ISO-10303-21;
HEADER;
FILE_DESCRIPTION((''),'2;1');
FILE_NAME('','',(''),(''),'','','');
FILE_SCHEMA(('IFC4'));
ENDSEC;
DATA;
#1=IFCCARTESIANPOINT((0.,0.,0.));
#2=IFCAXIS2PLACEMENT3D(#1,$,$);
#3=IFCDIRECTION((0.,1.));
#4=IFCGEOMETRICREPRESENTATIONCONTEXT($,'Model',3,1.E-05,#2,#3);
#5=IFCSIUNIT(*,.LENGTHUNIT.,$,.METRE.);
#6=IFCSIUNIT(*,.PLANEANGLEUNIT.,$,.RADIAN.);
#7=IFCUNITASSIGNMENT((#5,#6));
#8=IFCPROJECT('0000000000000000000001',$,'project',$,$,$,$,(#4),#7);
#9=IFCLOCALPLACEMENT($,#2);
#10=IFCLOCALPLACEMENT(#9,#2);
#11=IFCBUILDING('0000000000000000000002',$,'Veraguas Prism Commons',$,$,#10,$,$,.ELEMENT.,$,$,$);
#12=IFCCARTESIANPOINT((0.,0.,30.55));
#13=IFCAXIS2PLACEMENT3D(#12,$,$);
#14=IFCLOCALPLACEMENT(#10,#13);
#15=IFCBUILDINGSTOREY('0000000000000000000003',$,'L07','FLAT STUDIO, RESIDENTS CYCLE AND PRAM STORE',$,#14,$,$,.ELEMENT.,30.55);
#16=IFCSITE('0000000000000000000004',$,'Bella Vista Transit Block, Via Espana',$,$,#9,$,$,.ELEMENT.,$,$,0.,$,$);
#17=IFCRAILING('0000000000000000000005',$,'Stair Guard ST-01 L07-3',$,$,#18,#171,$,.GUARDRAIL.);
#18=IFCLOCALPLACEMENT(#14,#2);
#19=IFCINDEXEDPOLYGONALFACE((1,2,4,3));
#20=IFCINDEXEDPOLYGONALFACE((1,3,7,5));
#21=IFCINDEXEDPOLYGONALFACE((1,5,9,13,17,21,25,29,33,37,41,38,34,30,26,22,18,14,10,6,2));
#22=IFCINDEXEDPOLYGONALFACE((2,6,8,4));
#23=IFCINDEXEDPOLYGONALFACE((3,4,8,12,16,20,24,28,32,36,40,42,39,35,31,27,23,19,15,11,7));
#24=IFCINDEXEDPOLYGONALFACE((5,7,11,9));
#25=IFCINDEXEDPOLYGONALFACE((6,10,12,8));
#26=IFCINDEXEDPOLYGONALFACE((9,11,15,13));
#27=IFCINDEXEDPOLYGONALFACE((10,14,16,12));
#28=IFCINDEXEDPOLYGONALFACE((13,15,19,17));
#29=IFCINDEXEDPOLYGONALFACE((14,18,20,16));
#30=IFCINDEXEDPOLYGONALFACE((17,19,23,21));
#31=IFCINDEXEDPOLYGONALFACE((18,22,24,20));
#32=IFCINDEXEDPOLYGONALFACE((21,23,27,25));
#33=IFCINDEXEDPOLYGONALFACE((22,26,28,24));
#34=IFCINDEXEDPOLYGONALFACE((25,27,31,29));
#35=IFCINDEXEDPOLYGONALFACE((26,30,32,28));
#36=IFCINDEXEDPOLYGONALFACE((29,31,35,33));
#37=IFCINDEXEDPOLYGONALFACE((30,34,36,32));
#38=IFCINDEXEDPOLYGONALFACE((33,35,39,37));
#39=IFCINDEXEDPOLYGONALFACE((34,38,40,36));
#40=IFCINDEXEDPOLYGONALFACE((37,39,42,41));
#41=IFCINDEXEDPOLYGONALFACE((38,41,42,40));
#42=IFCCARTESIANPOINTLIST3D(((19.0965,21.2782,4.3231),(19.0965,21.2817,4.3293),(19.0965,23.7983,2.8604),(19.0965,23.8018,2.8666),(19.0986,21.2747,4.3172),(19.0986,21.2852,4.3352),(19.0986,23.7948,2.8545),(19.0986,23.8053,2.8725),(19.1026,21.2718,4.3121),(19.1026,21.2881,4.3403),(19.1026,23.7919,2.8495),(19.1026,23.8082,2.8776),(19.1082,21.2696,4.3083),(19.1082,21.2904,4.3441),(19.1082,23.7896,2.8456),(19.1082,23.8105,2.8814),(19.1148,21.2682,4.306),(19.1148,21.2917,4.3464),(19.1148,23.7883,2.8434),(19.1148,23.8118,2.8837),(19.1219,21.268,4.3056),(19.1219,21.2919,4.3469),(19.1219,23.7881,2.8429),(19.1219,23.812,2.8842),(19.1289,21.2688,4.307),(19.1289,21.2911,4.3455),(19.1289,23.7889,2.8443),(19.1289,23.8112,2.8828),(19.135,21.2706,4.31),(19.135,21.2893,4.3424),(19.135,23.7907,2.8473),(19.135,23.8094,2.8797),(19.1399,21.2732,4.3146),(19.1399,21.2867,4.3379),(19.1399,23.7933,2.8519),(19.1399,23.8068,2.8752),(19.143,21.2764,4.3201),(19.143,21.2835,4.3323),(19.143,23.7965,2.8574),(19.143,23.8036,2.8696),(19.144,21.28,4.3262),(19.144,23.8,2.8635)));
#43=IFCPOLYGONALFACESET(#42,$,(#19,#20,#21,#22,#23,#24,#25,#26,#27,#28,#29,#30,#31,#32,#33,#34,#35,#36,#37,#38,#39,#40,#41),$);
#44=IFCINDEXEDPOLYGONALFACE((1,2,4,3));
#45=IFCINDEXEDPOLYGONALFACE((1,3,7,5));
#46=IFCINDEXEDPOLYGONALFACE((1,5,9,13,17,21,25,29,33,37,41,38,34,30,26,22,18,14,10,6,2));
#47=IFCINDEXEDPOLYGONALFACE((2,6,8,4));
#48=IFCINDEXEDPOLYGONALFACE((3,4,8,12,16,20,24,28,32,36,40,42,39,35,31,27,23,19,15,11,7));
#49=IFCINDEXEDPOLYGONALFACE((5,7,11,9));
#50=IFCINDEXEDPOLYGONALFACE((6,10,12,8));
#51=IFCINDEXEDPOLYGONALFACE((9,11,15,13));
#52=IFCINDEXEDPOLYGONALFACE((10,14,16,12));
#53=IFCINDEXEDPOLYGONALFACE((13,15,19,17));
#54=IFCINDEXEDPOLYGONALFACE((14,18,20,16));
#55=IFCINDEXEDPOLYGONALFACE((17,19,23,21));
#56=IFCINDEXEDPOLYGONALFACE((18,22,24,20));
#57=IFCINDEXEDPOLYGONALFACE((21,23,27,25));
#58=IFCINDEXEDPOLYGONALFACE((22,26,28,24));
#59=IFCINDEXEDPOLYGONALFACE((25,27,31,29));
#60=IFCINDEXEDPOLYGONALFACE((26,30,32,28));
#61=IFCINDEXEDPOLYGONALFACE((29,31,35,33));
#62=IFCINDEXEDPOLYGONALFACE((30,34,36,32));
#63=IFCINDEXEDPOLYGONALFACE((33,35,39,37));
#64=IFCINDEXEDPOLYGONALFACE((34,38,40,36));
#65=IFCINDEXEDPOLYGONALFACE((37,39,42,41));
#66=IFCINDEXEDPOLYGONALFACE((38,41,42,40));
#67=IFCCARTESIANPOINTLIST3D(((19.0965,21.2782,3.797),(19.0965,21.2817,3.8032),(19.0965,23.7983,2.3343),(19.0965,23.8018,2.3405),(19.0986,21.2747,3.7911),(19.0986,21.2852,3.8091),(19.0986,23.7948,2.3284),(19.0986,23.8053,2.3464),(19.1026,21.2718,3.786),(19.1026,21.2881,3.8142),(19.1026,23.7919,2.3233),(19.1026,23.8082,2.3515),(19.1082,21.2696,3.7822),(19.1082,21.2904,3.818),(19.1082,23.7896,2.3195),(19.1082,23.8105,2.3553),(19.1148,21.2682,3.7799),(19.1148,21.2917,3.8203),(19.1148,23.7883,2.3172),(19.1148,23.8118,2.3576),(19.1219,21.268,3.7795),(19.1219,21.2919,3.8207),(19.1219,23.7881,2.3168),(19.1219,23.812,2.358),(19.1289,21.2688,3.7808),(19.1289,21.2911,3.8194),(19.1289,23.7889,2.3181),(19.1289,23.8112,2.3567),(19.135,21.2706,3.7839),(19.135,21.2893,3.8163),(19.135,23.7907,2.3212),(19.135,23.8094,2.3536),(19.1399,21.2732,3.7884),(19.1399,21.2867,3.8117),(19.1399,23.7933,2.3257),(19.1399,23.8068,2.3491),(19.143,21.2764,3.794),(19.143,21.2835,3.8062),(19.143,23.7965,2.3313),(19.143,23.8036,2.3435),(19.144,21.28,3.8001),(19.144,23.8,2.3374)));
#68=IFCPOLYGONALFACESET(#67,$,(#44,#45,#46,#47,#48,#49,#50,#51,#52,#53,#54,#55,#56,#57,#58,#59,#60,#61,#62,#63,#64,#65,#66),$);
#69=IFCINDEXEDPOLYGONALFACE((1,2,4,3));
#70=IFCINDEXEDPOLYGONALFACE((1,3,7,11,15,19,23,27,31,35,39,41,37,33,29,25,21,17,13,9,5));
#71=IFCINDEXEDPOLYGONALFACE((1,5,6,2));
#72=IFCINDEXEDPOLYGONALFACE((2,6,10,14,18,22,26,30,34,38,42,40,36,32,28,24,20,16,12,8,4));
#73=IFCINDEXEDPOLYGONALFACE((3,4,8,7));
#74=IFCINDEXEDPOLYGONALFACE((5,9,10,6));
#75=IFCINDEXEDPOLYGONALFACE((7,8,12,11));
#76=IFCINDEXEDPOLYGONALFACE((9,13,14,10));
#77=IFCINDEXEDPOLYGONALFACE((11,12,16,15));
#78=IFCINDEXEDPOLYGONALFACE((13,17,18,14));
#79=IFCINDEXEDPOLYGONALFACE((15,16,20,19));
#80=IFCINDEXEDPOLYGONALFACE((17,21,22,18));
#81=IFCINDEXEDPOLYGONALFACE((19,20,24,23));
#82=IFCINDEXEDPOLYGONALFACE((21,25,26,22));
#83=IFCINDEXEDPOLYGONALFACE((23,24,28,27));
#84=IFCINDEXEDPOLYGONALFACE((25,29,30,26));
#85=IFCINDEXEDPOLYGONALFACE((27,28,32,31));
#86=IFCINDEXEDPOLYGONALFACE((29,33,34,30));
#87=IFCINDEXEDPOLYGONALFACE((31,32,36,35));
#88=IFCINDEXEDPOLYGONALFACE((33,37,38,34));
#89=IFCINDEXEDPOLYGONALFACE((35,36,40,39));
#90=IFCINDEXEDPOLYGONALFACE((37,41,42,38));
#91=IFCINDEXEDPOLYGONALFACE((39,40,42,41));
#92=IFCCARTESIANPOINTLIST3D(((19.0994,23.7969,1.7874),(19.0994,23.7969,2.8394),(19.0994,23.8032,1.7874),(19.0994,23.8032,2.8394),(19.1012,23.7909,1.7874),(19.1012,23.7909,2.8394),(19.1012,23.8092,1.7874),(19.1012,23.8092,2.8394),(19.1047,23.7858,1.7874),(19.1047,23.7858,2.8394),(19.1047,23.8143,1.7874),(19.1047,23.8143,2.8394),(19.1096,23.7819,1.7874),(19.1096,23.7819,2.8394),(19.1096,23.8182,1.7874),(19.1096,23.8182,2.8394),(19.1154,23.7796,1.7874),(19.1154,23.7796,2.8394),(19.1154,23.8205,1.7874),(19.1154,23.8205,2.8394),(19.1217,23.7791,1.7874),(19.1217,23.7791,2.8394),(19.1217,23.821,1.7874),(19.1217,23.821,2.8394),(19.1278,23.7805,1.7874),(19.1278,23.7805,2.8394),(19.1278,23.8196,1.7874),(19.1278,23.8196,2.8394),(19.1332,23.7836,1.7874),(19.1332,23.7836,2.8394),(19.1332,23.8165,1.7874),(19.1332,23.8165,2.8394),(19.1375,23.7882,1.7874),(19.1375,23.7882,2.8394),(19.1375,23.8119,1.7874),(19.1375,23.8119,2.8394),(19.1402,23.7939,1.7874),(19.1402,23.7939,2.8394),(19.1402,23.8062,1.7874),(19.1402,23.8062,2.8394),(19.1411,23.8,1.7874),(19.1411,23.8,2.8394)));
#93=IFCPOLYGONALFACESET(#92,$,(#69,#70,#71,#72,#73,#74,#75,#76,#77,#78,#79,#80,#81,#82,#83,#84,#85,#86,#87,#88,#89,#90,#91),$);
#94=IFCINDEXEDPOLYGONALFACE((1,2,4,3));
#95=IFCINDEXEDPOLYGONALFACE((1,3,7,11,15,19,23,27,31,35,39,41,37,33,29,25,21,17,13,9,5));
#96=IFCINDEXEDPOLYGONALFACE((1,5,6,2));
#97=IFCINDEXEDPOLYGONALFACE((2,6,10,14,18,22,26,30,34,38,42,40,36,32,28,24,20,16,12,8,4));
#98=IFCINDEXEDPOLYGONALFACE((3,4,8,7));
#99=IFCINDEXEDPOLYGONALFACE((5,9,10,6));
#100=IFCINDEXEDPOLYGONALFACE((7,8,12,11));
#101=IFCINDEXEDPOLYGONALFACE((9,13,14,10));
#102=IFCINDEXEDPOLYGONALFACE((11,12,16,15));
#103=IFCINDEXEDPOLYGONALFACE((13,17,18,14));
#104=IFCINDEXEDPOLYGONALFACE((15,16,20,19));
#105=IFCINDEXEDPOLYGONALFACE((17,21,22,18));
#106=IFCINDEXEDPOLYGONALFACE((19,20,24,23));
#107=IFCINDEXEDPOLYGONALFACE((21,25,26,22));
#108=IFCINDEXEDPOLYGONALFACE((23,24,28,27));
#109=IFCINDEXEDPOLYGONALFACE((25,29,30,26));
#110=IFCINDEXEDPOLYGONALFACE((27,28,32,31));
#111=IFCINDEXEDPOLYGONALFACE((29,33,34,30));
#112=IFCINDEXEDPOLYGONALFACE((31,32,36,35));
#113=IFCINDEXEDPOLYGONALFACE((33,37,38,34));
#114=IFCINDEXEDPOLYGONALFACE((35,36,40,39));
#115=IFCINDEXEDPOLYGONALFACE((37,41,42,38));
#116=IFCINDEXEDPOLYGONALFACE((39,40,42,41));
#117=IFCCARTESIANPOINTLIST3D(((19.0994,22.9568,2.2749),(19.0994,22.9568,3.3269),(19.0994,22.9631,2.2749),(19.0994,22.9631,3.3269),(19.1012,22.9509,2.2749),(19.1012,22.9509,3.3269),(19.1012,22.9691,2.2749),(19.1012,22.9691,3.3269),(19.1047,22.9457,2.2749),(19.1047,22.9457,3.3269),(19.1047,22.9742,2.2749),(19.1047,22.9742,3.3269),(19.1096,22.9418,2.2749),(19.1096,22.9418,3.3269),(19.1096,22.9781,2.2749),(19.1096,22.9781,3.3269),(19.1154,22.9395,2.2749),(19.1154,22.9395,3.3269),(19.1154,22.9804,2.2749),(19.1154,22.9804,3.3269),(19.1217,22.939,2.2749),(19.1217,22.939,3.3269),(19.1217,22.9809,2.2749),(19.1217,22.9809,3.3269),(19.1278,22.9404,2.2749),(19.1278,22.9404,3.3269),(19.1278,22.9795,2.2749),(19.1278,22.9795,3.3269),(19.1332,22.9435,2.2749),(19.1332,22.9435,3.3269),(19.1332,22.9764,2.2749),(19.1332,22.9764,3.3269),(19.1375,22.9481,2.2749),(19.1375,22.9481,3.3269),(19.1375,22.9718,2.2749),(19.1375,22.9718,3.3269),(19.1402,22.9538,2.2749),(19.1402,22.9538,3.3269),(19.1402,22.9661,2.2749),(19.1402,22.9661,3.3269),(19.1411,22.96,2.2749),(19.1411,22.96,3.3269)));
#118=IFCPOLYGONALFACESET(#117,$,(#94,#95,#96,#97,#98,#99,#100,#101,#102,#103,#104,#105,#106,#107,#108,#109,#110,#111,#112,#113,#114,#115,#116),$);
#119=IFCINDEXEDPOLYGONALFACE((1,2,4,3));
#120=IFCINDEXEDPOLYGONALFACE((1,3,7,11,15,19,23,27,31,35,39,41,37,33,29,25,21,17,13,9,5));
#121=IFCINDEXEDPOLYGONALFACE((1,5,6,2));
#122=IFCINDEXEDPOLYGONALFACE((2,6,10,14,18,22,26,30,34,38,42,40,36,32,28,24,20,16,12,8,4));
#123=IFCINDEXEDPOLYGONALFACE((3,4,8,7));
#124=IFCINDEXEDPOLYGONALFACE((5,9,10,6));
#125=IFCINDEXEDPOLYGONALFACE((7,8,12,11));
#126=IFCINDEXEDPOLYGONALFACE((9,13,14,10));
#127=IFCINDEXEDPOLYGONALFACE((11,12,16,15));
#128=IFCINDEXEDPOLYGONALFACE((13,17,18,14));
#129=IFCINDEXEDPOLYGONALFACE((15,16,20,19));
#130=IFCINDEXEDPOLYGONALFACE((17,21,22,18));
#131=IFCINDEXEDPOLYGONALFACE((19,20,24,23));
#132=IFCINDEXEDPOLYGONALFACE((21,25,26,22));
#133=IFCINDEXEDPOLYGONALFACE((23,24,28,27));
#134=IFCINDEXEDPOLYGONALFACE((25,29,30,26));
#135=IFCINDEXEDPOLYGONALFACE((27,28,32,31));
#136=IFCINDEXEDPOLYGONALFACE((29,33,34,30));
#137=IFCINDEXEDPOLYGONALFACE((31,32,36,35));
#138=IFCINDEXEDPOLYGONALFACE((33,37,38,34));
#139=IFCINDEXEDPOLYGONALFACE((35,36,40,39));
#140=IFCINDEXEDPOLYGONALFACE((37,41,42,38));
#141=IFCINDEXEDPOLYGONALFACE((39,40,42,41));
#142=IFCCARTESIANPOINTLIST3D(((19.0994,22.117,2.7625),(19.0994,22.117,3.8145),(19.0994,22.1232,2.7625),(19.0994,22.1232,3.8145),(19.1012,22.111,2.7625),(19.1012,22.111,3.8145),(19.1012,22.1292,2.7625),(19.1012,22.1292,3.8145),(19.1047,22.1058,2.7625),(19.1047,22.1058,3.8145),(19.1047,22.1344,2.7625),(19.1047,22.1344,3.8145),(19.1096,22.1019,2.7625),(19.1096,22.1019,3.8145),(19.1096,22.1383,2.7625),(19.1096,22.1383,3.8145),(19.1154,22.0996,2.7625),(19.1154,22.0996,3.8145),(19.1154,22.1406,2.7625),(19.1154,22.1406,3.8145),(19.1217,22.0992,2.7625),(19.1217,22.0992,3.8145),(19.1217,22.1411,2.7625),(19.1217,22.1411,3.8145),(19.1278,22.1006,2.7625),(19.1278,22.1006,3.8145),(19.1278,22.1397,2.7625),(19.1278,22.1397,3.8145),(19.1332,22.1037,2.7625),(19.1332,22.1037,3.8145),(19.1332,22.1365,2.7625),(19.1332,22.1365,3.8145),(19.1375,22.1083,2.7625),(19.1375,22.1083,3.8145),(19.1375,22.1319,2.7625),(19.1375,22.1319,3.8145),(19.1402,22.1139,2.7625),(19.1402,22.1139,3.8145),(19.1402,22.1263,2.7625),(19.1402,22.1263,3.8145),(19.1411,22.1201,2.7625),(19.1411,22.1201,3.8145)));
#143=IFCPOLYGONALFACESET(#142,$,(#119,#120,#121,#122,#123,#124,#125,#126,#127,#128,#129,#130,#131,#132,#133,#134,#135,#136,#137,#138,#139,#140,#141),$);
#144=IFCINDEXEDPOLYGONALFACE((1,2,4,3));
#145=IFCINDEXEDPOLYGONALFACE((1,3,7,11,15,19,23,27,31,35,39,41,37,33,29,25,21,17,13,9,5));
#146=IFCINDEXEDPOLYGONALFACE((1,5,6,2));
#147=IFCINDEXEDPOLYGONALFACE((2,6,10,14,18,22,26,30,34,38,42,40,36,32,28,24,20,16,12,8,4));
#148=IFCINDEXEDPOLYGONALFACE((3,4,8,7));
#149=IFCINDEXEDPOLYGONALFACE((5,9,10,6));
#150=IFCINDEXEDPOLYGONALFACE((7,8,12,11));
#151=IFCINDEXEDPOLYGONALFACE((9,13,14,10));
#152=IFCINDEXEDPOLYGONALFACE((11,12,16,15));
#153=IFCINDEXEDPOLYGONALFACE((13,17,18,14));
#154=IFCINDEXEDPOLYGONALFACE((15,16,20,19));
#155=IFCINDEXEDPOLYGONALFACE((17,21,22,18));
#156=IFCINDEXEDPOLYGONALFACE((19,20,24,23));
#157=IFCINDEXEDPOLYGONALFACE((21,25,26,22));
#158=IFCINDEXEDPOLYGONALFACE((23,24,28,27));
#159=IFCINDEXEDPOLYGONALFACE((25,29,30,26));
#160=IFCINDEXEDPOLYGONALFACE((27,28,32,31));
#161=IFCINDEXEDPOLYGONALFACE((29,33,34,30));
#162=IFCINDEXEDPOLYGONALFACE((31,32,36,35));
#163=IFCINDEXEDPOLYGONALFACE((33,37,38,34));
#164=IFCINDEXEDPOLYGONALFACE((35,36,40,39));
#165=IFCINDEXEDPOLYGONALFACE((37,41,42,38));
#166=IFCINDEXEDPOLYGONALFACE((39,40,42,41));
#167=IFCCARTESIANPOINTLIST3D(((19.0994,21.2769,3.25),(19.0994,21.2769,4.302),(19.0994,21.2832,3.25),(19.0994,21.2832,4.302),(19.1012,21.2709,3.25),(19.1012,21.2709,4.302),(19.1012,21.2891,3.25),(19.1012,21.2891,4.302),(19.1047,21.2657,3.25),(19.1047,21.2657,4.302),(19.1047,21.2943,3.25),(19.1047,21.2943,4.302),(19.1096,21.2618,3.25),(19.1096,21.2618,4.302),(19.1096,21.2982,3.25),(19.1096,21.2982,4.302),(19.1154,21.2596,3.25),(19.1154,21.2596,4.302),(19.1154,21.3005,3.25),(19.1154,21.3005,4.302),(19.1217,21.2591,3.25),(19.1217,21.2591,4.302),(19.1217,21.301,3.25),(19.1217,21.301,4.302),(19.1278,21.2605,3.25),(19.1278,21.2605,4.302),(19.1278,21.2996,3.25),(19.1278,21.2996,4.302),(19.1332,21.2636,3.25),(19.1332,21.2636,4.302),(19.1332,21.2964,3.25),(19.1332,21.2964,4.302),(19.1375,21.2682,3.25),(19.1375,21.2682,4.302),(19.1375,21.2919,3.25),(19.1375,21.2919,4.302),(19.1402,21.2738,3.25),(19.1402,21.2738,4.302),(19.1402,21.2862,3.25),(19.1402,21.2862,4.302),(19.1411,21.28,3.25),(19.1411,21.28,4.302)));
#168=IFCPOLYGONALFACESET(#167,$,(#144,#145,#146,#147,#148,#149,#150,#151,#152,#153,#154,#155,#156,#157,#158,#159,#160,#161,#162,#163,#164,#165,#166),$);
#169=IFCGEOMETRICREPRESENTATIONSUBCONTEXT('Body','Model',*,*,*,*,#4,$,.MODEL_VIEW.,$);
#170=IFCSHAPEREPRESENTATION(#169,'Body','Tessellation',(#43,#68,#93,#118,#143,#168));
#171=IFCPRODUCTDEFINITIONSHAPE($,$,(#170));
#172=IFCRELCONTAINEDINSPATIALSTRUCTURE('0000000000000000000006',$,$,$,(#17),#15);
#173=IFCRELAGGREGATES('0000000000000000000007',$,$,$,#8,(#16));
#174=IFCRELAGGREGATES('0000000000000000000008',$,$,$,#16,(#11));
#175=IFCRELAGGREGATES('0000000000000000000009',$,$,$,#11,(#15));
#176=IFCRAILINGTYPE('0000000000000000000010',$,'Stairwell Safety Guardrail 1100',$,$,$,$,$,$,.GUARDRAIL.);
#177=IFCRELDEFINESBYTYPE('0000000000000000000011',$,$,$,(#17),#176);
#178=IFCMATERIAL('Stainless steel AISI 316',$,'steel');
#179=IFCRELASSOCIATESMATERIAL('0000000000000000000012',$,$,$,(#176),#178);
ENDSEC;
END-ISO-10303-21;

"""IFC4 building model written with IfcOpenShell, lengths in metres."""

from ifc_helpers import new_model, si_unit, direction, frame, origin, origin_2d, place, context, subcontext, project, spatial, circle, extrude, material, type_object, element, save


model = new_model("IFC4")

# Units and contexts
model_context = context("Model", 3, precision=1e-05, world=origin(), true_north=direction((0.0, 1.0)))
body_context = subcontext(model_context, "Body", "Model", "MODEL_VIEW")
ifc_project = project(units=[si_unit("LENGTHUNIT", "METRE"), si_unit("PLANEANGLEUNIT", "RADIAN")], contexts=[model_context])

# Site, building, storey
site_placement = place(None, origin())
site = spatial("IfcSite", under=ifc_project, at=site_placement, Name="Bella Vista Transit Block, Via Espana", CompositionType="ELEMENT", RefElevation=0.0)
building_placement = place(site_placement, origin())
building = spatial("IfcBuilding", under=site, at=building_placement, Name="Veraguas Prism Commons", CompositionType="ELEMENT")
storey_placement = place(building_placement, frame((0.0, 0.0, 30.55)))
storey = spatial("IfcBuildingStorey", under=building, at=storey_placement, Name="L07", Description="FLAT STUDIO, RESIDENTS CYCLE AND PRAM STORE", CompositionType="ELEMENT", Elevation=30.55)

# Railing
ifc_material_1 = material(Name="Stainless steel AISI 316", Category="steel")
railing_type_1 = type_object("IfcRailingType", Name="Stairwell Safety Guardrail 1100", PredefinedType="GUARDRAIL", material=ifc_material_1)
railing_1_placement = place(storey_placement, frame((19.1201, 23.8, 1.7874)))
element("IfcRailing", 1, at=railing_1_placement, inside=storey, type_object=railing_type_1, Name="Stair Guard ST-01 L07-3", PredefinedType="GUARDRAIL", context=body_context, shape_type="SweptSolid", body=[
    extrude(circle(Radius=0.0239, at=origin_2d()), frame((0.0, 0.0, 1.0762), z_axis=(0.0, -0.864877, 0.501984), x_axis=(1.0, 0.0, 0.0)), (0.0, 0.0, 1.0), 2.9138),
    extrude(circle(Radius=0.0239, at=origin_2d()), frame((0.0, 0.0, 0.55), z_axis=(0.0, -0.864877, 0.501984), x_axis=(1.0, 0.0, 0.0)), (0.0, 0.0, 1.0), 2.9138),
    extrude(circle(Radius=0.021, at=origin_2d()), origin(), (0.0, 0.0, 1.0), 1.052),
    extrude(circle(Radius=0.021, at=origin_2d()), frame((0.0, -0.8401, 0.4875)), (0.0, 0.0, 1.0), 1.052),
    extrude(circle(Radius=0.021, at=origin_2d()), frame((0.0, -1.6799, 0.9751)), (0.0, 0.0, 1.0), 1.052),
    extrude(circle(Radius=0.021, at=origin_2d()), frame((0.0, -2.52, 1.4626)), (0.0, 0.0, 1.0), 1.052),
])

save(model, "model.ifc")
